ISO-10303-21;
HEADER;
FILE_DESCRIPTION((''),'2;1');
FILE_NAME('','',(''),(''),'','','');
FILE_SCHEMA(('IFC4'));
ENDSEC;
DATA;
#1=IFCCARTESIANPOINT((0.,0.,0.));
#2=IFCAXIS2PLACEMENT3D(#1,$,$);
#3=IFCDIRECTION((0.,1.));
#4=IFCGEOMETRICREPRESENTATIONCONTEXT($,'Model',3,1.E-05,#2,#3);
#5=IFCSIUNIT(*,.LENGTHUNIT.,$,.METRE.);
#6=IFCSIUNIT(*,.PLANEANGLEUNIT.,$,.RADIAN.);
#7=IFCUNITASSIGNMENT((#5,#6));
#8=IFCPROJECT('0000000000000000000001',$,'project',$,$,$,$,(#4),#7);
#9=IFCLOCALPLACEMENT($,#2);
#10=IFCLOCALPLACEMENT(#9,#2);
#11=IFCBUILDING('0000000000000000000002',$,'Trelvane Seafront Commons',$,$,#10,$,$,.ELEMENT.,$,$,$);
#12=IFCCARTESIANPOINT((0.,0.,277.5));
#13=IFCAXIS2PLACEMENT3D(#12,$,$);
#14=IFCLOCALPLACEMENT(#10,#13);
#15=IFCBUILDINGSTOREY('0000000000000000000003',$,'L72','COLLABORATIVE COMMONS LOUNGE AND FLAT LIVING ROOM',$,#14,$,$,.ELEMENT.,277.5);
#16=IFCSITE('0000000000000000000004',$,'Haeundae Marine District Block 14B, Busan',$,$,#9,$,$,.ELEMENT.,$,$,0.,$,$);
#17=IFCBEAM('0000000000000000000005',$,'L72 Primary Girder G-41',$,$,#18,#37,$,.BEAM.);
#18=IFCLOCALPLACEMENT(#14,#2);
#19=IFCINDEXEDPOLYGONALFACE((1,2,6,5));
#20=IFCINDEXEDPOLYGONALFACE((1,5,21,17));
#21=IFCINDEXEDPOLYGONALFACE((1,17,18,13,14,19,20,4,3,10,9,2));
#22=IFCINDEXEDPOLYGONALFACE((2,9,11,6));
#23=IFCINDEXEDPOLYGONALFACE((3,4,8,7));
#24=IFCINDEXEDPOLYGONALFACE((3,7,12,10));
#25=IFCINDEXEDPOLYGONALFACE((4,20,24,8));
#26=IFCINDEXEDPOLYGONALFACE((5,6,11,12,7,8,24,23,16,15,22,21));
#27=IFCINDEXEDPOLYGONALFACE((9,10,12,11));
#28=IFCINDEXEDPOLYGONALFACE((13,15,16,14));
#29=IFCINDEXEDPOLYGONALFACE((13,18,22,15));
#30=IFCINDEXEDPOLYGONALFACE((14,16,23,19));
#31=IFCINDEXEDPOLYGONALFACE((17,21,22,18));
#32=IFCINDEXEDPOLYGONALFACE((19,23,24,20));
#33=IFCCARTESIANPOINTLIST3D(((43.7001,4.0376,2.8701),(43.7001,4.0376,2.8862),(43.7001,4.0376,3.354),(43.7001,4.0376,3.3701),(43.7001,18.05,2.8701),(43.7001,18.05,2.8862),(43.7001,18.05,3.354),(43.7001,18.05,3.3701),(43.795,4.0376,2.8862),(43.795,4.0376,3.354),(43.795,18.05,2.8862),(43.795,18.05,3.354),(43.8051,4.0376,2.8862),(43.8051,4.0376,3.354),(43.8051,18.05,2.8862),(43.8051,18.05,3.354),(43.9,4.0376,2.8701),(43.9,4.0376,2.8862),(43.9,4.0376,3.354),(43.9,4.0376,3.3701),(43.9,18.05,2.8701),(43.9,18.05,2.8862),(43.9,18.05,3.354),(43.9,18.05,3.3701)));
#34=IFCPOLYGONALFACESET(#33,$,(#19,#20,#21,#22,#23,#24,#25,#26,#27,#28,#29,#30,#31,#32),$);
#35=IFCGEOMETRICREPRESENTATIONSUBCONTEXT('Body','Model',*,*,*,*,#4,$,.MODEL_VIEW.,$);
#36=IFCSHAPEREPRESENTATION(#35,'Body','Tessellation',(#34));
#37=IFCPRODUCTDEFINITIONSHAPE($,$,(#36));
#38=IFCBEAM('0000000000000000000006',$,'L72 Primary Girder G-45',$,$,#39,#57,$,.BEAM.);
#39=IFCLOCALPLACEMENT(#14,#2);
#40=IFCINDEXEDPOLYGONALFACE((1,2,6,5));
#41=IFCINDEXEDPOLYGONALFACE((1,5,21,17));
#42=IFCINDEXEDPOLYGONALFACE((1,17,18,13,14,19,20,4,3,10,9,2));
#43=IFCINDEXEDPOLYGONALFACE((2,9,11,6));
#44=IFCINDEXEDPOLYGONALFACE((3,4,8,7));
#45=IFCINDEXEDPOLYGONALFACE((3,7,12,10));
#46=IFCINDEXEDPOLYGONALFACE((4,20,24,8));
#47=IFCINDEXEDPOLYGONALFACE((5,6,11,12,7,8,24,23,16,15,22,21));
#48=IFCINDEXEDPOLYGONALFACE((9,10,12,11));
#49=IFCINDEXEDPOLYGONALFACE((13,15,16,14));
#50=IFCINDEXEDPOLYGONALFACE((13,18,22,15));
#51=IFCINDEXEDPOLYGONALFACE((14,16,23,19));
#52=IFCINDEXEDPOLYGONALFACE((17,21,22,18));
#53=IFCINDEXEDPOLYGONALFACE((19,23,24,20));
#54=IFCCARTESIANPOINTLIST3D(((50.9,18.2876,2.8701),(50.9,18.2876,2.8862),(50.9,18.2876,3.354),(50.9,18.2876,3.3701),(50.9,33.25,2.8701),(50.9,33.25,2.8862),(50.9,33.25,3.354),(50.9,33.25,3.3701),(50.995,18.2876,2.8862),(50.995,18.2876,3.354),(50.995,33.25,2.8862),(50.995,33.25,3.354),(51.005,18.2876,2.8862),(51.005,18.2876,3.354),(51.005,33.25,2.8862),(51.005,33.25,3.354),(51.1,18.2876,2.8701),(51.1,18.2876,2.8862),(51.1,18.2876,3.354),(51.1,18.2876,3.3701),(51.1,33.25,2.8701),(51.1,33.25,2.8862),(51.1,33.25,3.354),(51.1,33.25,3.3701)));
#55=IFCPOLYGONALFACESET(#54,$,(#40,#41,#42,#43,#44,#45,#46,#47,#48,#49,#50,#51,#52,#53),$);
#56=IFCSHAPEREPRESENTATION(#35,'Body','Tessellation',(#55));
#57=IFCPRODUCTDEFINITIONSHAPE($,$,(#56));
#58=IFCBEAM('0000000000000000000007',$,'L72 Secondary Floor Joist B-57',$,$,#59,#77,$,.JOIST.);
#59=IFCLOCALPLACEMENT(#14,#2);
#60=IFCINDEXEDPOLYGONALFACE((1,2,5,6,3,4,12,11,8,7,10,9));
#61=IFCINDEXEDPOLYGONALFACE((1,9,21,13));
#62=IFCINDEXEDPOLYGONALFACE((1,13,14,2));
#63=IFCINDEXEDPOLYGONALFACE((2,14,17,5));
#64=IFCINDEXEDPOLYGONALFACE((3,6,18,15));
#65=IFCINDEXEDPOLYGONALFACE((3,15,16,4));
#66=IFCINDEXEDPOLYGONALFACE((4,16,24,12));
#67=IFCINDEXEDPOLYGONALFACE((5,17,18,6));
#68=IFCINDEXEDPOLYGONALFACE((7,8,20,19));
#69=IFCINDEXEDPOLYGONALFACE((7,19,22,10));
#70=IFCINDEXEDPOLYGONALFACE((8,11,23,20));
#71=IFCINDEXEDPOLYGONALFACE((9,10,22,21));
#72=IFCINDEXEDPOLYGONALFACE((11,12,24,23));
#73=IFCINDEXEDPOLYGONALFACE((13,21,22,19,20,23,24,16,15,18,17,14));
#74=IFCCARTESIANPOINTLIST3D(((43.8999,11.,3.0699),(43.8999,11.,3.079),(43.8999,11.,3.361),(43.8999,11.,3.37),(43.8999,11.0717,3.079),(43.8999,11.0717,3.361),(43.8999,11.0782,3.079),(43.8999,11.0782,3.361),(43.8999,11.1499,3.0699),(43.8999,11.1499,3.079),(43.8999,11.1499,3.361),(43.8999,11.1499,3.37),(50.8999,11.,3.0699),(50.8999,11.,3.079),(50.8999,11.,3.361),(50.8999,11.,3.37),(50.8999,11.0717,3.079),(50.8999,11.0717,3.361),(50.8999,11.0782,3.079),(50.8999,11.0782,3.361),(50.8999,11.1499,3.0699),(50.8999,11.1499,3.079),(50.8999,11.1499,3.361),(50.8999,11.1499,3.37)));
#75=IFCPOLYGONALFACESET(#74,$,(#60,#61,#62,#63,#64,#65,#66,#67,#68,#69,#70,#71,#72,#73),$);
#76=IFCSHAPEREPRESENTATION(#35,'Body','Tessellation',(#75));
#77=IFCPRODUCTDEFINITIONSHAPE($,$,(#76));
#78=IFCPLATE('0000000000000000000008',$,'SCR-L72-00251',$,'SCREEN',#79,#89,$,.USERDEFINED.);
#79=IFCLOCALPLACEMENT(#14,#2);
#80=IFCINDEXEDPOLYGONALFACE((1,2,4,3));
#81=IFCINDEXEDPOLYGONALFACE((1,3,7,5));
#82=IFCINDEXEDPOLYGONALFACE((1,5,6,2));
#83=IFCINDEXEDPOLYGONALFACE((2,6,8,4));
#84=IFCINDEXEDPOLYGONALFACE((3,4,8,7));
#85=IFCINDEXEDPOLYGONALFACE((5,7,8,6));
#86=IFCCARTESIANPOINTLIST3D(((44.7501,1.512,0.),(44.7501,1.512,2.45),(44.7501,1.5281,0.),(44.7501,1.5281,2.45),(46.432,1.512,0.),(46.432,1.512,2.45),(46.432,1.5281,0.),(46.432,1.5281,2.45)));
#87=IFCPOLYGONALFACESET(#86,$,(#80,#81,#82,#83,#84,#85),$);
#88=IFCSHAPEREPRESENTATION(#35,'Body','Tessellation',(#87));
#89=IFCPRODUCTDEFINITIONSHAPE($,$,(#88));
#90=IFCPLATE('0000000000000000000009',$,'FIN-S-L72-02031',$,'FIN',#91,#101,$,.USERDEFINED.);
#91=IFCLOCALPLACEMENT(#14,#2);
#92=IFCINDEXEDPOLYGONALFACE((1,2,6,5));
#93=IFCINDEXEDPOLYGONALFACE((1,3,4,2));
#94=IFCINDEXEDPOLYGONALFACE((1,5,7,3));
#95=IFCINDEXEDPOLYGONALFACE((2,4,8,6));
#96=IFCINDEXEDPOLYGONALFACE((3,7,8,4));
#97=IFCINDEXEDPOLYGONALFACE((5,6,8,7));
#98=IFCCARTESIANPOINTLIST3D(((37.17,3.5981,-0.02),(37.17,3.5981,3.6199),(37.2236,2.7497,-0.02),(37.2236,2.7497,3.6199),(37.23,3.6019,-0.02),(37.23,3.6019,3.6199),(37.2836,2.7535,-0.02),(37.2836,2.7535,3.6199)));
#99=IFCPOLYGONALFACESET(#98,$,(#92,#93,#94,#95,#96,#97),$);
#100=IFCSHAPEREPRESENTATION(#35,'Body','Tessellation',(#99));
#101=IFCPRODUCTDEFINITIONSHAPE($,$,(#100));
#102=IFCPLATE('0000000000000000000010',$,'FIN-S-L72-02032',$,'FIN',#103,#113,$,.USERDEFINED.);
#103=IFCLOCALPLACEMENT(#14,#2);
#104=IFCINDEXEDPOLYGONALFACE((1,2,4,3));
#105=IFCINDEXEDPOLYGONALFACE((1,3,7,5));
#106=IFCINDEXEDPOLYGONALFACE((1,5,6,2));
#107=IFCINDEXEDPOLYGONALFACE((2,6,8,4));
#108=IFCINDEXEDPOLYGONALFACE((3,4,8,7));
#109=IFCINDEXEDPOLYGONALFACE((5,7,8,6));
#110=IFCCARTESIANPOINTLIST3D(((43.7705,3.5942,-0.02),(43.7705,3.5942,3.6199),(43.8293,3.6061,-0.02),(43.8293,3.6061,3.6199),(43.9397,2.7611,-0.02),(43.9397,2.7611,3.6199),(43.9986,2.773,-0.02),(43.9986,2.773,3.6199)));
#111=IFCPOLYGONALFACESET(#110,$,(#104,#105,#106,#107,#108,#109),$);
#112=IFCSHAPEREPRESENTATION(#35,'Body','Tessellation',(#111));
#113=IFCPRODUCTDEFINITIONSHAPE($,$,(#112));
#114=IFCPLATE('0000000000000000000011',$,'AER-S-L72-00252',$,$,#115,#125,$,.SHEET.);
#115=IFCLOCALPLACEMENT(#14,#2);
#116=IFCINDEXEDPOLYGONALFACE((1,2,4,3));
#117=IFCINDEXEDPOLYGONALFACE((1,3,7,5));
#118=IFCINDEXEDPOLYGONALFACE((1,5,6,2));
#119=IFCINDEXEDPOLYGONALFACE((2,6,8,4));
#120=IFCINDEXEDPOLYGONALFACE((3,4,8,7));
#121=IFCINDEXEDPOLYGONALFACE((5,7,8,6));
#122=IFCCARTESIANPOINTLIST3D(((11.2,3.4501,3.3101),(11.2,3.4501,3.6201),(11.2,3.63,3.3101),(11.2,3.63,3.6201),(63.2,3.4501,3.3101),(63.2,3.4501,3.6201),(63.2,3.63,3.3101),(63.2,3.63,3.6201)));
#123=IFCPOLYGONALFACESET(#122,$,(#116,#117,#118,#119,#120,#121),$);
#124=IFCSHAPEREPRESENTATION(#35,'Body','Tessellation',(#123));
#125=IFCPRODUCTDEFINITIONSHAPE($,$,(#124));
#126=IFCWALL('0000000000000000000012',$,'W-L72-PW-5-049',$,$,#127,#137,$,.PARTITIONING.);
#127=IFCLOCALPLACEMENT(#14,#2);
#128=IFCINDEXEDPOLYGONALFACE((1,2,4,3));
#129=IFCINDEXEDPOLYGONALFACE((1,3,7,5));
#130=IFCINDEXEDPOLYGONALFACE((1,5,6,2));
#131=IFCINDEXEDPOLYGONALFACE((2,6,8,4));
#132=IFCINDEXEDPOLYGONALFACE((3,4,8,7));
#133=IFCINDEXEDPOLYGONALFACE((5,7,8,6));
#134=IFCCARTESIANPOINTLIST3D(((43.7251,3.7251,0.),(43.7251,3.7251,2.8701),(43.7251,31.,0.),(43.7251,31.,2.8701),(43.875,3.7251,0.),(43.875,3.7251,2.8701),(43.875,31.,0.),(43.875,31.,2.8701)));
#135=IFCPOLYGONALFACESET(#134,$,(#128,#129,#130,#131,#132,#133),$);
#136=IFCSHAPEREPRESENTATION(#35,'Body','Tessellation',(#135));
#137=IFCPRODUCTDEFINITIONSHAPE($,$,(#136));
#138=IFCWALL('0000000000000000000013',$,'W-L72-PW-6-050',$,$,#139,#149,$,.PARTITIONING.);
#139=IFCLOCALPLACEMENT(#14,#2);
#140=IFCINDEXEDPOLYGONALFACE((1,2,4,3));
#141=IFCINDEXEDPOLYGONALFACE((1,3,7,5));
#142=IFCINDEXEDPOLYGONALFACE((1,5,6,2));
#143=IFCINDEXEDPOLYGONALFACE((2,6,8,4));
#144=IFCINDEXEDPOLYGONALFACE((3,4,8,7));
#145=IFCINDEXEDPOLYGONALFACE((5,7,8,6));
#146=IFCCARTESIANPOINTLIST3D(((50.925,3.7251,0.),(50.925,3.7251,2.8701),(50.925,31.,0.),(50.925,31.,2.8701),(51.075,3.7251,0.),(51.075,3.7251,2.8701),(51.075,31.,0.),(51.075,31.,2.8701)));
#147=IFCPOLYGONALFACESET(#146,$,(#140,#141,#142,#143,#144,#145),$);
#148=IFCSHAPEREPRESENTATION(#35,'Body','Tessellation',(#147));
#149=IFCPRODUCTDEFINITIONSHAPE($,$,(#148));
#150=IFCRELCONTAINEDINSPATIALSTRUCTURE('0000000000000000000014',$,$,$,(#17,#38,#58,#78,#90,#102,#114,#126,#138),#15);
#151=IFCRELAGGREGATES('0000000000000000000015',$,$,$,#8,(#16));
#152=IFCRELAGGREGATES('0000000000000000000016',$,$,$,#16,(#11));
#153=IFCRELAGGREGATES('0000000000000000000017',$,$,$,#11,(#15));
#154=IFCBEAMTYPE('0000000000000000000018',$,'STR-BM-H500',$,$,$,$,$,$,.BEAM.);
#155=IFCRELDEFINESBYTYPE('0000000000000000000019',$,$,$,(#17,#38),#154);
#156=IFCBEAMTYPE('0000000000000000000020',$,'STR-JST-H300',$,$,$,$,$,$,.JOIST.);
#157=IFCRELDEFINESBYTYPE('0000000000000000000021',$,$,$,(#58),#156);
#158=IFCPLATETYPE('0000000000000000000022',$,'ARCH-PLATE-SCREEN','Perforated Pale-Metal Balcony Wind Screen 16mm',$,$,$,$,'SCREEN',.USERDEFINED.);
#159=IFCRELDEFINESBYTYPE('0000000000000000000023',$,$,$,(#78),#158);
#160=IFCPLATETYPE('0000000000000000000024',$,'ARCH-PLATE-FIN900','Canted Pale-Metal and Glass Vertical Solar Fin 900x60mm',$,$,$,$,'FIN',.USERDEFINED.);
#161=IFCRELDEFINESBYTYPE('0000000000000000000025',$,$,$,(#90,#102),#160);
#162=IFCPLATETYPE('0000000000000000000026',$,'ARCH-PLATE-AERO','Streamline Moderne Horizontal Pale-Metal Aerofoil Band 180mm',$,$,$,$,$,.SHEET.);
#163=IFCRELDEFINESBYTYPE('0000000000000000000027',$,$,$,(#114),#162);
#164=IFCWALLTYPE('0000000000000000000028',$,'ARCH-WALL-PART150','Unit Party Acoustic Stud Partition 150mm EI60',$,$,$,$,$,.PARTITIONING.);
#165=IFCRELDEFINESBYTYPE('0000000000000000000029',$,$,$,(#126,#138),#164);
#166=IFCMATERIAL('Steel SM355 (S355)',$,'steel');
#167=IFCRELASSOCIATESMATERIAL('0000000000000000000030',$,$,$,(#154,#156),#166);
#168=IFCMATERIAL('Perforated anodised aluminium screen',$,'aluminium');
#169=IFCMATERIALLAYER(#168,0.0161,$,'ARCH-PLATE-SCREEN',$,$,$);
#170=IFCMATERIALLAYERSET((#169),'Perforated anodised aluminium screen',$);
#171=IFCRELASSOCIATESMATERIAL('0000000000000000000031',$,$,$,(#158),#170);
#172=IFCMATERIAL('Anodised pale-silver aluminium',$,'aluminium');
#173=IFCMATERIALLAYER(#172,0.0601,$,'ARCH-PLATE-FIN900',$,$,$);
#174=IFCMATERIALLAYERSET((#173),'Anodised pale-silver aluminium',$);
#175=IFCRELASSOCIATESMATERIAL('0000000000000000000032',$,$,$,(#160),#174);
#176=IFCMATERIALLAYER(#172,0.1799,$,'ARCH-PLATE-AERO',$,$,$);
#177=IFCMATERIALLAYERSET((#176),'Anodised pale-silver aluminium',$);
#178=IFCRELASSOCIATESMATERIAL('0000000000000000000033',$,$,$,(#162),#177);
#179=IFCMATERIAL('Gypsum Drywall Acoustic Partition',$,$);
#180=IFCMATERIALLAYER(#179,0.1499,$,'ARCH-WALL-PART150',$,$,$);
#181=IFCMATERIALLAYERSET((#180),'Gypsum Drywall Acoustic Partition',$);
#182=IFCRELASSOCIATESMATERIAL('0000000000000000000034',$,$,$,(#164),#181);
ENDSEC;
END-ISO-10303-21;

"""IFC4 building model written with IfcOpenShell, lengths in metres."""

from ifc_helpers import new_model, si_unit, direction, frame, frame_2d, origin, origin_2d, place, context, subcontext, project, spatial, rectangle, i_section, extrude, source, transform, mapped, material, layer, layer_set, material_profile, profile_set, type_object, element, save


model = new_model("IFC4")

# Units and contexts
model_context = context("Model", 3, precision=1e-05, world=origin(), true_north=direction((0.0, 1.0)))
body_context = subcontext(model_context, "Body", "Model", "MODEL_VIEW")
ifc_project = project(units=[si_unit("LENGTHUNIT", "METRE"), si_unit("PLANEANGLEUNIT", "RADIAN")], contexts=[model_context])

# Site, building, storey
site_placement = place(None, origin())
site = spatial("IfcSite", under=ifc_project, at=site_placement, Name="Haeundae Marine District Block 14B, Busan", CompositionType="ELEMENT", RefElevation=0.0)
building_placement = place(site_placement, origin())
building = spatial("IfcBuilding", under=site, at=building_placement, Name="Trelvane Seafront Commons", CompositionType="ELEMENT")
storey_placement = place(building_placement, frame((0.0, 0.0, 277.5)))
storey = spatial("IfcBuildingStorey", under=building, at=storey_placement, Name="L72", Description="COLLABORATIVE COMMONS LOUNGE AND FLAT LIVING ROOM", CompositionType="ELEMENT", Elevation=277.5)

# Shared definitions
ifc_material_1 = material(Name="Steel SM355 (S355)", Category="steel")

# Beams
ifc_material_profile_1 = material_profile(ifc_material_1, i_section(OverallWidth=0.2, OverallDepth=0.5, WebThickness=0.01, FlangeThickness=0.0161, at=origin_2d()), Name="H-500x200x10x16")
ifc_profile_set_1 = profile_set([ifc_material_profile_1], Name="Steel SM355 (S355)")
beam_type_1 = type_object("IfcBeamType", Name="STR-BM-H500", PredefinedType="BEAM", material=ifc_profile_set_1)
shared_shape_1 = source(origin(), body_context, "Body", "SweptSolid", [
    extrude(i_section(OverallWidth=0.2, OverallDepth=0.5, WebThickness=0.01, FlangeThickness=0.0161, at=origin_2d()), origin(), (0.0, 0.0, 1.0), 14.0125),
])
beam_1_placement = place(storey_placement, frame((43.8, 4.0376, 3.1201), z_axis=(0.0, 1.0, 0.0), x_axis=(-1.0, 0.0, 0.0)))
element("IfcBeam", 1, at=beam_1_placement, inside=storey, type_object=beam_type_1, Name="L72 Primary Girder G-41", PredefinedType="BEAM", context=body_context, shape_type="MappedRepresentation", body=[
    mapped(shared_shape_1, transform((0.0, 0.0, 0.0), x_axis=(1.0, 0.0, 0.0), y_axis=(0.0, 1.0, 0.0), z_axis=(0.0, 0.0, 1.0), scale=1.0)),
])
shared_shape_2 = source(origin(), body_context, "Body", "SweptSolid", [
    extrude(i_section(OverallWidth=0.2, OverallDepth=0.5, WebThickness=0.01, FlangeThickness=0.0161, at=origin_2d()), origin(), (0.0, 0.0, 1.0), 14.9624),
])
beam_2_placement = place(storey_placement, frame((51.0, 18.2876, 3.1201), z_axis=(0.0, 1.0, 0.0), x_axis=(-1.0, 0.0, 0.0)))
element("IfcBeam", 2, at=beam_2_placement, inside=storey, type_object=beam_type_1, Name="L72 Primary Girder G-45", PredefinedType="BEAM", context=body_context, shape_type="MappedRepresentation", body=[
    mapped(shared_shape_2, transform((0.0, 0.0, 0.0), x_axis=(1.0, 0.0, 0.0), y_axis=(0.0, 1.0, 0.0), z_axis=(0.0, 0.0, 1.0), scale=1.0)),
])
ifc_material_profile_2 = material_profile(ifc_material_1, i_section(OverallWidth=0.1499, OverallDepth=0.3, WebThickness=0.0066, FlangeThickness=0.009, at=origin_2d()), Name="H-300x150x6.5x9")
ifc_profile_set_2 = profile_set([ifc_material_profile_2], Name="Steel SM355 (S355)")
beam_type_2 = type_object("IfcBeamType", Name="STR-JST-H300", PredefinedType="JOIST", material=ifc_profile_set_2)
shared_shape_3 = source(origin(), body_context, "Body", "SweptSolid", [
    extrude(i_section(OverallWidth=0.1499, OverallDepth=0.3, WebThickness=0.0066, FlangeThickness=0.009, at=origin_2d()), origin(), (0.0, 0.0, 1.0), 7.0),
])
beam_3_placement = place(storey_placement, frame((43.8999, 11.075, 3.22), z_axis=(1.0, 0.0, 0.0), x_axis=(0.0, 1.0, 0.0)))
element("IfcBeam", 3, at=beam_3_placement, inside=storey, type_object=beam_type_2, Name="L72 Secondary Floor Joist B-57", PredefinedType="JOIST", context=body_context, shape_type="MappedRepresentation", body=[
    mapped(shared_shape_3, transform((0.0, 0.0, 0.0), x_axis=(1.0, 0.0, 0.0), y_axis=(0.0, 1.0, 0.0), z_axis=(0.0, 0.0, 1.0), scale=1.0)),
])

# Plates
ifc_material_2 = material(Name="Perforated anodised aluminium screen", Category="aluminium")
ifc_layer_1 = layer(ifc_material_2, 0.0161, Name="ARCH-PLATE-SCREEN")
ifc_layer_set_1 = layer_set([ifc_layer_1], Name="Perforated anodised aluminium screen")
plate_type_1 = type_object("IfcPlateType", Name="ARCH-PLATE-SCREEN", Description="Perforated Pale-Metal Balcony Wind Screen 16mm", ElementType="SCREEN", PredefinedType="USERDEFINED", material=ifc_layer_set_1)
shared_shape_4 = source(origin(), body_context, "Body", "SweptSolid", [
    extrude(rectangle(XDim=1.6819, YDim=0.0161, at=origin_2d()), origin(), (0.0, 0.0, 1.0), 2.45),
])
plate_1_placement = place(storey_placement, frame((45.5911, 1.52, 0.0), z_axis=(0.0, 0.0, 1.0), x_axis=(1.0, 0.0, 0.0)))
element("IfcPlate", 4, at=plate_1_placement, inside=storey, type_object=plate_type_1, Name="SCR-L72-00251", ObjectType="SCREEN", PredefinedType="USERDEFINED", context=body_context, shape_type="MappedRepresentation", body=[
    mapped(shared_shape_4, transform((0.0, 0.0, 0.0), x_axis=(1.0, 0.0, 0.0), y_axis=(0.0, 1.0, 0.0), z_axis=(0.0, 0.0, 1.0), scale=1.0)),
])
ifc_material_3 = material(Name="Anodised pale-silver aluminium", Category="aluminium")
ifc_layer_2 = layer(ifc_material_3, 0.0601, Name="ARCH-PLATE-FIN900")
ifc_layer_set_2 = layer_set([ifc_layer_2], Name="Anodised pale-silver aluminium")
plate_type_2 = type_object("IfcPlateType", Name="ARCH-PLATE-FIN900", Description="Canted Pale-Metal and Glass Vertical Solar Fin 900x60mm", ElementType="FIN", PredefinedType="USERDEFINED", material=ifc_layer_set_2)
shared_shape_5 = source(origin(), body_context, "Body", "SweptSolid", [
    extrude(rectangle(XDim=0.8501, YDim=0.0601, at=origin_2d()), origin(), (0.0, 0.0, 1.0), 3.6399),
])
for number, where, z_axis, x_axis, name in (
    (5, (37.2268, 3.1758, -0.02), (0.0, 0.0, 1.0), (0.063059, -0.99801, 0.0), "FIN-S-L72-02031"),
    (6, (43.8845, 3.1836, -0.02), (0.0, 0.0, 1.0), (0.199057, -0.979988, 0.0), "FIN-S-L72-02032"),
):
    element("IfcPlate", number, at=place(storey_placement, frame(where, z_axis=z_axis, x_axis=x_axis)), inside=storey, type_object=plate_type_2, Name=name, ObjectType="FIN", PredefinedType="USERDEFINED", context=body_context, shape_type="MappedRepresentation", body=[
        mapped(shared_shape_5, transform((0.0, 0.0, 0.0), x_axis=(1.0, 0.0, 0.0), y_axis=(0.0, 1.0, 0.0), z_axis=(0.0, 0.0, 1.0), scale=1.0)),
    ])
ifc_layer_3 = layer(ifc_material_3, 0.1799, Name="ARCH-PLATE-AERO")
ifc_layer_set_3 = layer_set([ifc_layer_3], Name="Anodised pale-silver aluminium")
plate_type_3 = type_object("IfcPlateType", Name="ARCH-PLATE-AERO", Description="Streamline Moderne Horizontal Pale-Metal Aerofoil Band 180mm", PredefinedType="SHEET", material=ifc_layer_set_3)
shared_shape_6 = source(origin(), body_context, "Body", "SweptSolid", [
    extrude(rectangle(XDim=52.0, YDim=0.1799, at=origin_2d()), origin(), (0.0, 0.0, 1.0), 0.3101),
])
plate_2_placement = place(storey_placement, frame((37.2, 3.54, 3.3101), z_axis=(0.0, 0.0, 1.0), x_axis=(-1.0, 0.0, 0.0)))
element("IfcPlate", 7, at=plate_2_placement, inside=storey, type_object=plate_type_3, Name="AER-S-L72-00252", PredefinedType="SHEET", context=body_context, shape_type="MappedRepresentation", body=[
    mapped(shared_shape_6, transform((0.0, 0.0, 0.0), x_axis=(1.0, 0.0, 0.0), y_axis=(0.0, 1.0, 0.0), z_axis=(0.0, 0.0, 1.0), scale=1.0)),
])

# Walls
ifc_material_4 = material(Name="Gypsum Drywall Acoustic Partition")
ifc_layer_4 = layer(ifc_material_4, 0.1499, Name="ARCH-WALL-PART150")
ifc_layer_set_4 = layer_set([ifc_layer_4], Name="Gypsum Drywall Acoustic Partition")
wall_type = type_object("IfcWallType", Name="ARCH-WALL-PART150", Description="Unit Party Acoustic Stud Partition 150mm EI60", PredefinedType="PARTITIONING", material=ifc_layer_set_4)
for number, where, z_axis, x_axis, name in (
    (8, (43.8, 3.7251, 0.0), (0.0, 0.0, 1.0), (0.0, 1.0, 0.0), "W-L72-PW-5-049"),
    (9, (51.0, 3.7251, 0.0), (0.0, 0.0, 1.0), (0.0, 1.0, 0.0), "W-L72-PW-6-050"),
):
    element("IfcWall", number, at=place(storey_placement, frame(where, z_axis=z_axis, x_axis=x_axis)), inside=storey, type_object=wall_type, Name=name, PredefinedType="PARTITIONING", context=body_context, shape_type="SweptSolid", body=[
        extrude(rectangle(XDim=27.2749, YDim=0.1499, at=frame_2d((13.6375, 0.0))), origin(), (0.0, 0.0, 1.0), 2.8701),
    ])

save(model, "model.ifc")
